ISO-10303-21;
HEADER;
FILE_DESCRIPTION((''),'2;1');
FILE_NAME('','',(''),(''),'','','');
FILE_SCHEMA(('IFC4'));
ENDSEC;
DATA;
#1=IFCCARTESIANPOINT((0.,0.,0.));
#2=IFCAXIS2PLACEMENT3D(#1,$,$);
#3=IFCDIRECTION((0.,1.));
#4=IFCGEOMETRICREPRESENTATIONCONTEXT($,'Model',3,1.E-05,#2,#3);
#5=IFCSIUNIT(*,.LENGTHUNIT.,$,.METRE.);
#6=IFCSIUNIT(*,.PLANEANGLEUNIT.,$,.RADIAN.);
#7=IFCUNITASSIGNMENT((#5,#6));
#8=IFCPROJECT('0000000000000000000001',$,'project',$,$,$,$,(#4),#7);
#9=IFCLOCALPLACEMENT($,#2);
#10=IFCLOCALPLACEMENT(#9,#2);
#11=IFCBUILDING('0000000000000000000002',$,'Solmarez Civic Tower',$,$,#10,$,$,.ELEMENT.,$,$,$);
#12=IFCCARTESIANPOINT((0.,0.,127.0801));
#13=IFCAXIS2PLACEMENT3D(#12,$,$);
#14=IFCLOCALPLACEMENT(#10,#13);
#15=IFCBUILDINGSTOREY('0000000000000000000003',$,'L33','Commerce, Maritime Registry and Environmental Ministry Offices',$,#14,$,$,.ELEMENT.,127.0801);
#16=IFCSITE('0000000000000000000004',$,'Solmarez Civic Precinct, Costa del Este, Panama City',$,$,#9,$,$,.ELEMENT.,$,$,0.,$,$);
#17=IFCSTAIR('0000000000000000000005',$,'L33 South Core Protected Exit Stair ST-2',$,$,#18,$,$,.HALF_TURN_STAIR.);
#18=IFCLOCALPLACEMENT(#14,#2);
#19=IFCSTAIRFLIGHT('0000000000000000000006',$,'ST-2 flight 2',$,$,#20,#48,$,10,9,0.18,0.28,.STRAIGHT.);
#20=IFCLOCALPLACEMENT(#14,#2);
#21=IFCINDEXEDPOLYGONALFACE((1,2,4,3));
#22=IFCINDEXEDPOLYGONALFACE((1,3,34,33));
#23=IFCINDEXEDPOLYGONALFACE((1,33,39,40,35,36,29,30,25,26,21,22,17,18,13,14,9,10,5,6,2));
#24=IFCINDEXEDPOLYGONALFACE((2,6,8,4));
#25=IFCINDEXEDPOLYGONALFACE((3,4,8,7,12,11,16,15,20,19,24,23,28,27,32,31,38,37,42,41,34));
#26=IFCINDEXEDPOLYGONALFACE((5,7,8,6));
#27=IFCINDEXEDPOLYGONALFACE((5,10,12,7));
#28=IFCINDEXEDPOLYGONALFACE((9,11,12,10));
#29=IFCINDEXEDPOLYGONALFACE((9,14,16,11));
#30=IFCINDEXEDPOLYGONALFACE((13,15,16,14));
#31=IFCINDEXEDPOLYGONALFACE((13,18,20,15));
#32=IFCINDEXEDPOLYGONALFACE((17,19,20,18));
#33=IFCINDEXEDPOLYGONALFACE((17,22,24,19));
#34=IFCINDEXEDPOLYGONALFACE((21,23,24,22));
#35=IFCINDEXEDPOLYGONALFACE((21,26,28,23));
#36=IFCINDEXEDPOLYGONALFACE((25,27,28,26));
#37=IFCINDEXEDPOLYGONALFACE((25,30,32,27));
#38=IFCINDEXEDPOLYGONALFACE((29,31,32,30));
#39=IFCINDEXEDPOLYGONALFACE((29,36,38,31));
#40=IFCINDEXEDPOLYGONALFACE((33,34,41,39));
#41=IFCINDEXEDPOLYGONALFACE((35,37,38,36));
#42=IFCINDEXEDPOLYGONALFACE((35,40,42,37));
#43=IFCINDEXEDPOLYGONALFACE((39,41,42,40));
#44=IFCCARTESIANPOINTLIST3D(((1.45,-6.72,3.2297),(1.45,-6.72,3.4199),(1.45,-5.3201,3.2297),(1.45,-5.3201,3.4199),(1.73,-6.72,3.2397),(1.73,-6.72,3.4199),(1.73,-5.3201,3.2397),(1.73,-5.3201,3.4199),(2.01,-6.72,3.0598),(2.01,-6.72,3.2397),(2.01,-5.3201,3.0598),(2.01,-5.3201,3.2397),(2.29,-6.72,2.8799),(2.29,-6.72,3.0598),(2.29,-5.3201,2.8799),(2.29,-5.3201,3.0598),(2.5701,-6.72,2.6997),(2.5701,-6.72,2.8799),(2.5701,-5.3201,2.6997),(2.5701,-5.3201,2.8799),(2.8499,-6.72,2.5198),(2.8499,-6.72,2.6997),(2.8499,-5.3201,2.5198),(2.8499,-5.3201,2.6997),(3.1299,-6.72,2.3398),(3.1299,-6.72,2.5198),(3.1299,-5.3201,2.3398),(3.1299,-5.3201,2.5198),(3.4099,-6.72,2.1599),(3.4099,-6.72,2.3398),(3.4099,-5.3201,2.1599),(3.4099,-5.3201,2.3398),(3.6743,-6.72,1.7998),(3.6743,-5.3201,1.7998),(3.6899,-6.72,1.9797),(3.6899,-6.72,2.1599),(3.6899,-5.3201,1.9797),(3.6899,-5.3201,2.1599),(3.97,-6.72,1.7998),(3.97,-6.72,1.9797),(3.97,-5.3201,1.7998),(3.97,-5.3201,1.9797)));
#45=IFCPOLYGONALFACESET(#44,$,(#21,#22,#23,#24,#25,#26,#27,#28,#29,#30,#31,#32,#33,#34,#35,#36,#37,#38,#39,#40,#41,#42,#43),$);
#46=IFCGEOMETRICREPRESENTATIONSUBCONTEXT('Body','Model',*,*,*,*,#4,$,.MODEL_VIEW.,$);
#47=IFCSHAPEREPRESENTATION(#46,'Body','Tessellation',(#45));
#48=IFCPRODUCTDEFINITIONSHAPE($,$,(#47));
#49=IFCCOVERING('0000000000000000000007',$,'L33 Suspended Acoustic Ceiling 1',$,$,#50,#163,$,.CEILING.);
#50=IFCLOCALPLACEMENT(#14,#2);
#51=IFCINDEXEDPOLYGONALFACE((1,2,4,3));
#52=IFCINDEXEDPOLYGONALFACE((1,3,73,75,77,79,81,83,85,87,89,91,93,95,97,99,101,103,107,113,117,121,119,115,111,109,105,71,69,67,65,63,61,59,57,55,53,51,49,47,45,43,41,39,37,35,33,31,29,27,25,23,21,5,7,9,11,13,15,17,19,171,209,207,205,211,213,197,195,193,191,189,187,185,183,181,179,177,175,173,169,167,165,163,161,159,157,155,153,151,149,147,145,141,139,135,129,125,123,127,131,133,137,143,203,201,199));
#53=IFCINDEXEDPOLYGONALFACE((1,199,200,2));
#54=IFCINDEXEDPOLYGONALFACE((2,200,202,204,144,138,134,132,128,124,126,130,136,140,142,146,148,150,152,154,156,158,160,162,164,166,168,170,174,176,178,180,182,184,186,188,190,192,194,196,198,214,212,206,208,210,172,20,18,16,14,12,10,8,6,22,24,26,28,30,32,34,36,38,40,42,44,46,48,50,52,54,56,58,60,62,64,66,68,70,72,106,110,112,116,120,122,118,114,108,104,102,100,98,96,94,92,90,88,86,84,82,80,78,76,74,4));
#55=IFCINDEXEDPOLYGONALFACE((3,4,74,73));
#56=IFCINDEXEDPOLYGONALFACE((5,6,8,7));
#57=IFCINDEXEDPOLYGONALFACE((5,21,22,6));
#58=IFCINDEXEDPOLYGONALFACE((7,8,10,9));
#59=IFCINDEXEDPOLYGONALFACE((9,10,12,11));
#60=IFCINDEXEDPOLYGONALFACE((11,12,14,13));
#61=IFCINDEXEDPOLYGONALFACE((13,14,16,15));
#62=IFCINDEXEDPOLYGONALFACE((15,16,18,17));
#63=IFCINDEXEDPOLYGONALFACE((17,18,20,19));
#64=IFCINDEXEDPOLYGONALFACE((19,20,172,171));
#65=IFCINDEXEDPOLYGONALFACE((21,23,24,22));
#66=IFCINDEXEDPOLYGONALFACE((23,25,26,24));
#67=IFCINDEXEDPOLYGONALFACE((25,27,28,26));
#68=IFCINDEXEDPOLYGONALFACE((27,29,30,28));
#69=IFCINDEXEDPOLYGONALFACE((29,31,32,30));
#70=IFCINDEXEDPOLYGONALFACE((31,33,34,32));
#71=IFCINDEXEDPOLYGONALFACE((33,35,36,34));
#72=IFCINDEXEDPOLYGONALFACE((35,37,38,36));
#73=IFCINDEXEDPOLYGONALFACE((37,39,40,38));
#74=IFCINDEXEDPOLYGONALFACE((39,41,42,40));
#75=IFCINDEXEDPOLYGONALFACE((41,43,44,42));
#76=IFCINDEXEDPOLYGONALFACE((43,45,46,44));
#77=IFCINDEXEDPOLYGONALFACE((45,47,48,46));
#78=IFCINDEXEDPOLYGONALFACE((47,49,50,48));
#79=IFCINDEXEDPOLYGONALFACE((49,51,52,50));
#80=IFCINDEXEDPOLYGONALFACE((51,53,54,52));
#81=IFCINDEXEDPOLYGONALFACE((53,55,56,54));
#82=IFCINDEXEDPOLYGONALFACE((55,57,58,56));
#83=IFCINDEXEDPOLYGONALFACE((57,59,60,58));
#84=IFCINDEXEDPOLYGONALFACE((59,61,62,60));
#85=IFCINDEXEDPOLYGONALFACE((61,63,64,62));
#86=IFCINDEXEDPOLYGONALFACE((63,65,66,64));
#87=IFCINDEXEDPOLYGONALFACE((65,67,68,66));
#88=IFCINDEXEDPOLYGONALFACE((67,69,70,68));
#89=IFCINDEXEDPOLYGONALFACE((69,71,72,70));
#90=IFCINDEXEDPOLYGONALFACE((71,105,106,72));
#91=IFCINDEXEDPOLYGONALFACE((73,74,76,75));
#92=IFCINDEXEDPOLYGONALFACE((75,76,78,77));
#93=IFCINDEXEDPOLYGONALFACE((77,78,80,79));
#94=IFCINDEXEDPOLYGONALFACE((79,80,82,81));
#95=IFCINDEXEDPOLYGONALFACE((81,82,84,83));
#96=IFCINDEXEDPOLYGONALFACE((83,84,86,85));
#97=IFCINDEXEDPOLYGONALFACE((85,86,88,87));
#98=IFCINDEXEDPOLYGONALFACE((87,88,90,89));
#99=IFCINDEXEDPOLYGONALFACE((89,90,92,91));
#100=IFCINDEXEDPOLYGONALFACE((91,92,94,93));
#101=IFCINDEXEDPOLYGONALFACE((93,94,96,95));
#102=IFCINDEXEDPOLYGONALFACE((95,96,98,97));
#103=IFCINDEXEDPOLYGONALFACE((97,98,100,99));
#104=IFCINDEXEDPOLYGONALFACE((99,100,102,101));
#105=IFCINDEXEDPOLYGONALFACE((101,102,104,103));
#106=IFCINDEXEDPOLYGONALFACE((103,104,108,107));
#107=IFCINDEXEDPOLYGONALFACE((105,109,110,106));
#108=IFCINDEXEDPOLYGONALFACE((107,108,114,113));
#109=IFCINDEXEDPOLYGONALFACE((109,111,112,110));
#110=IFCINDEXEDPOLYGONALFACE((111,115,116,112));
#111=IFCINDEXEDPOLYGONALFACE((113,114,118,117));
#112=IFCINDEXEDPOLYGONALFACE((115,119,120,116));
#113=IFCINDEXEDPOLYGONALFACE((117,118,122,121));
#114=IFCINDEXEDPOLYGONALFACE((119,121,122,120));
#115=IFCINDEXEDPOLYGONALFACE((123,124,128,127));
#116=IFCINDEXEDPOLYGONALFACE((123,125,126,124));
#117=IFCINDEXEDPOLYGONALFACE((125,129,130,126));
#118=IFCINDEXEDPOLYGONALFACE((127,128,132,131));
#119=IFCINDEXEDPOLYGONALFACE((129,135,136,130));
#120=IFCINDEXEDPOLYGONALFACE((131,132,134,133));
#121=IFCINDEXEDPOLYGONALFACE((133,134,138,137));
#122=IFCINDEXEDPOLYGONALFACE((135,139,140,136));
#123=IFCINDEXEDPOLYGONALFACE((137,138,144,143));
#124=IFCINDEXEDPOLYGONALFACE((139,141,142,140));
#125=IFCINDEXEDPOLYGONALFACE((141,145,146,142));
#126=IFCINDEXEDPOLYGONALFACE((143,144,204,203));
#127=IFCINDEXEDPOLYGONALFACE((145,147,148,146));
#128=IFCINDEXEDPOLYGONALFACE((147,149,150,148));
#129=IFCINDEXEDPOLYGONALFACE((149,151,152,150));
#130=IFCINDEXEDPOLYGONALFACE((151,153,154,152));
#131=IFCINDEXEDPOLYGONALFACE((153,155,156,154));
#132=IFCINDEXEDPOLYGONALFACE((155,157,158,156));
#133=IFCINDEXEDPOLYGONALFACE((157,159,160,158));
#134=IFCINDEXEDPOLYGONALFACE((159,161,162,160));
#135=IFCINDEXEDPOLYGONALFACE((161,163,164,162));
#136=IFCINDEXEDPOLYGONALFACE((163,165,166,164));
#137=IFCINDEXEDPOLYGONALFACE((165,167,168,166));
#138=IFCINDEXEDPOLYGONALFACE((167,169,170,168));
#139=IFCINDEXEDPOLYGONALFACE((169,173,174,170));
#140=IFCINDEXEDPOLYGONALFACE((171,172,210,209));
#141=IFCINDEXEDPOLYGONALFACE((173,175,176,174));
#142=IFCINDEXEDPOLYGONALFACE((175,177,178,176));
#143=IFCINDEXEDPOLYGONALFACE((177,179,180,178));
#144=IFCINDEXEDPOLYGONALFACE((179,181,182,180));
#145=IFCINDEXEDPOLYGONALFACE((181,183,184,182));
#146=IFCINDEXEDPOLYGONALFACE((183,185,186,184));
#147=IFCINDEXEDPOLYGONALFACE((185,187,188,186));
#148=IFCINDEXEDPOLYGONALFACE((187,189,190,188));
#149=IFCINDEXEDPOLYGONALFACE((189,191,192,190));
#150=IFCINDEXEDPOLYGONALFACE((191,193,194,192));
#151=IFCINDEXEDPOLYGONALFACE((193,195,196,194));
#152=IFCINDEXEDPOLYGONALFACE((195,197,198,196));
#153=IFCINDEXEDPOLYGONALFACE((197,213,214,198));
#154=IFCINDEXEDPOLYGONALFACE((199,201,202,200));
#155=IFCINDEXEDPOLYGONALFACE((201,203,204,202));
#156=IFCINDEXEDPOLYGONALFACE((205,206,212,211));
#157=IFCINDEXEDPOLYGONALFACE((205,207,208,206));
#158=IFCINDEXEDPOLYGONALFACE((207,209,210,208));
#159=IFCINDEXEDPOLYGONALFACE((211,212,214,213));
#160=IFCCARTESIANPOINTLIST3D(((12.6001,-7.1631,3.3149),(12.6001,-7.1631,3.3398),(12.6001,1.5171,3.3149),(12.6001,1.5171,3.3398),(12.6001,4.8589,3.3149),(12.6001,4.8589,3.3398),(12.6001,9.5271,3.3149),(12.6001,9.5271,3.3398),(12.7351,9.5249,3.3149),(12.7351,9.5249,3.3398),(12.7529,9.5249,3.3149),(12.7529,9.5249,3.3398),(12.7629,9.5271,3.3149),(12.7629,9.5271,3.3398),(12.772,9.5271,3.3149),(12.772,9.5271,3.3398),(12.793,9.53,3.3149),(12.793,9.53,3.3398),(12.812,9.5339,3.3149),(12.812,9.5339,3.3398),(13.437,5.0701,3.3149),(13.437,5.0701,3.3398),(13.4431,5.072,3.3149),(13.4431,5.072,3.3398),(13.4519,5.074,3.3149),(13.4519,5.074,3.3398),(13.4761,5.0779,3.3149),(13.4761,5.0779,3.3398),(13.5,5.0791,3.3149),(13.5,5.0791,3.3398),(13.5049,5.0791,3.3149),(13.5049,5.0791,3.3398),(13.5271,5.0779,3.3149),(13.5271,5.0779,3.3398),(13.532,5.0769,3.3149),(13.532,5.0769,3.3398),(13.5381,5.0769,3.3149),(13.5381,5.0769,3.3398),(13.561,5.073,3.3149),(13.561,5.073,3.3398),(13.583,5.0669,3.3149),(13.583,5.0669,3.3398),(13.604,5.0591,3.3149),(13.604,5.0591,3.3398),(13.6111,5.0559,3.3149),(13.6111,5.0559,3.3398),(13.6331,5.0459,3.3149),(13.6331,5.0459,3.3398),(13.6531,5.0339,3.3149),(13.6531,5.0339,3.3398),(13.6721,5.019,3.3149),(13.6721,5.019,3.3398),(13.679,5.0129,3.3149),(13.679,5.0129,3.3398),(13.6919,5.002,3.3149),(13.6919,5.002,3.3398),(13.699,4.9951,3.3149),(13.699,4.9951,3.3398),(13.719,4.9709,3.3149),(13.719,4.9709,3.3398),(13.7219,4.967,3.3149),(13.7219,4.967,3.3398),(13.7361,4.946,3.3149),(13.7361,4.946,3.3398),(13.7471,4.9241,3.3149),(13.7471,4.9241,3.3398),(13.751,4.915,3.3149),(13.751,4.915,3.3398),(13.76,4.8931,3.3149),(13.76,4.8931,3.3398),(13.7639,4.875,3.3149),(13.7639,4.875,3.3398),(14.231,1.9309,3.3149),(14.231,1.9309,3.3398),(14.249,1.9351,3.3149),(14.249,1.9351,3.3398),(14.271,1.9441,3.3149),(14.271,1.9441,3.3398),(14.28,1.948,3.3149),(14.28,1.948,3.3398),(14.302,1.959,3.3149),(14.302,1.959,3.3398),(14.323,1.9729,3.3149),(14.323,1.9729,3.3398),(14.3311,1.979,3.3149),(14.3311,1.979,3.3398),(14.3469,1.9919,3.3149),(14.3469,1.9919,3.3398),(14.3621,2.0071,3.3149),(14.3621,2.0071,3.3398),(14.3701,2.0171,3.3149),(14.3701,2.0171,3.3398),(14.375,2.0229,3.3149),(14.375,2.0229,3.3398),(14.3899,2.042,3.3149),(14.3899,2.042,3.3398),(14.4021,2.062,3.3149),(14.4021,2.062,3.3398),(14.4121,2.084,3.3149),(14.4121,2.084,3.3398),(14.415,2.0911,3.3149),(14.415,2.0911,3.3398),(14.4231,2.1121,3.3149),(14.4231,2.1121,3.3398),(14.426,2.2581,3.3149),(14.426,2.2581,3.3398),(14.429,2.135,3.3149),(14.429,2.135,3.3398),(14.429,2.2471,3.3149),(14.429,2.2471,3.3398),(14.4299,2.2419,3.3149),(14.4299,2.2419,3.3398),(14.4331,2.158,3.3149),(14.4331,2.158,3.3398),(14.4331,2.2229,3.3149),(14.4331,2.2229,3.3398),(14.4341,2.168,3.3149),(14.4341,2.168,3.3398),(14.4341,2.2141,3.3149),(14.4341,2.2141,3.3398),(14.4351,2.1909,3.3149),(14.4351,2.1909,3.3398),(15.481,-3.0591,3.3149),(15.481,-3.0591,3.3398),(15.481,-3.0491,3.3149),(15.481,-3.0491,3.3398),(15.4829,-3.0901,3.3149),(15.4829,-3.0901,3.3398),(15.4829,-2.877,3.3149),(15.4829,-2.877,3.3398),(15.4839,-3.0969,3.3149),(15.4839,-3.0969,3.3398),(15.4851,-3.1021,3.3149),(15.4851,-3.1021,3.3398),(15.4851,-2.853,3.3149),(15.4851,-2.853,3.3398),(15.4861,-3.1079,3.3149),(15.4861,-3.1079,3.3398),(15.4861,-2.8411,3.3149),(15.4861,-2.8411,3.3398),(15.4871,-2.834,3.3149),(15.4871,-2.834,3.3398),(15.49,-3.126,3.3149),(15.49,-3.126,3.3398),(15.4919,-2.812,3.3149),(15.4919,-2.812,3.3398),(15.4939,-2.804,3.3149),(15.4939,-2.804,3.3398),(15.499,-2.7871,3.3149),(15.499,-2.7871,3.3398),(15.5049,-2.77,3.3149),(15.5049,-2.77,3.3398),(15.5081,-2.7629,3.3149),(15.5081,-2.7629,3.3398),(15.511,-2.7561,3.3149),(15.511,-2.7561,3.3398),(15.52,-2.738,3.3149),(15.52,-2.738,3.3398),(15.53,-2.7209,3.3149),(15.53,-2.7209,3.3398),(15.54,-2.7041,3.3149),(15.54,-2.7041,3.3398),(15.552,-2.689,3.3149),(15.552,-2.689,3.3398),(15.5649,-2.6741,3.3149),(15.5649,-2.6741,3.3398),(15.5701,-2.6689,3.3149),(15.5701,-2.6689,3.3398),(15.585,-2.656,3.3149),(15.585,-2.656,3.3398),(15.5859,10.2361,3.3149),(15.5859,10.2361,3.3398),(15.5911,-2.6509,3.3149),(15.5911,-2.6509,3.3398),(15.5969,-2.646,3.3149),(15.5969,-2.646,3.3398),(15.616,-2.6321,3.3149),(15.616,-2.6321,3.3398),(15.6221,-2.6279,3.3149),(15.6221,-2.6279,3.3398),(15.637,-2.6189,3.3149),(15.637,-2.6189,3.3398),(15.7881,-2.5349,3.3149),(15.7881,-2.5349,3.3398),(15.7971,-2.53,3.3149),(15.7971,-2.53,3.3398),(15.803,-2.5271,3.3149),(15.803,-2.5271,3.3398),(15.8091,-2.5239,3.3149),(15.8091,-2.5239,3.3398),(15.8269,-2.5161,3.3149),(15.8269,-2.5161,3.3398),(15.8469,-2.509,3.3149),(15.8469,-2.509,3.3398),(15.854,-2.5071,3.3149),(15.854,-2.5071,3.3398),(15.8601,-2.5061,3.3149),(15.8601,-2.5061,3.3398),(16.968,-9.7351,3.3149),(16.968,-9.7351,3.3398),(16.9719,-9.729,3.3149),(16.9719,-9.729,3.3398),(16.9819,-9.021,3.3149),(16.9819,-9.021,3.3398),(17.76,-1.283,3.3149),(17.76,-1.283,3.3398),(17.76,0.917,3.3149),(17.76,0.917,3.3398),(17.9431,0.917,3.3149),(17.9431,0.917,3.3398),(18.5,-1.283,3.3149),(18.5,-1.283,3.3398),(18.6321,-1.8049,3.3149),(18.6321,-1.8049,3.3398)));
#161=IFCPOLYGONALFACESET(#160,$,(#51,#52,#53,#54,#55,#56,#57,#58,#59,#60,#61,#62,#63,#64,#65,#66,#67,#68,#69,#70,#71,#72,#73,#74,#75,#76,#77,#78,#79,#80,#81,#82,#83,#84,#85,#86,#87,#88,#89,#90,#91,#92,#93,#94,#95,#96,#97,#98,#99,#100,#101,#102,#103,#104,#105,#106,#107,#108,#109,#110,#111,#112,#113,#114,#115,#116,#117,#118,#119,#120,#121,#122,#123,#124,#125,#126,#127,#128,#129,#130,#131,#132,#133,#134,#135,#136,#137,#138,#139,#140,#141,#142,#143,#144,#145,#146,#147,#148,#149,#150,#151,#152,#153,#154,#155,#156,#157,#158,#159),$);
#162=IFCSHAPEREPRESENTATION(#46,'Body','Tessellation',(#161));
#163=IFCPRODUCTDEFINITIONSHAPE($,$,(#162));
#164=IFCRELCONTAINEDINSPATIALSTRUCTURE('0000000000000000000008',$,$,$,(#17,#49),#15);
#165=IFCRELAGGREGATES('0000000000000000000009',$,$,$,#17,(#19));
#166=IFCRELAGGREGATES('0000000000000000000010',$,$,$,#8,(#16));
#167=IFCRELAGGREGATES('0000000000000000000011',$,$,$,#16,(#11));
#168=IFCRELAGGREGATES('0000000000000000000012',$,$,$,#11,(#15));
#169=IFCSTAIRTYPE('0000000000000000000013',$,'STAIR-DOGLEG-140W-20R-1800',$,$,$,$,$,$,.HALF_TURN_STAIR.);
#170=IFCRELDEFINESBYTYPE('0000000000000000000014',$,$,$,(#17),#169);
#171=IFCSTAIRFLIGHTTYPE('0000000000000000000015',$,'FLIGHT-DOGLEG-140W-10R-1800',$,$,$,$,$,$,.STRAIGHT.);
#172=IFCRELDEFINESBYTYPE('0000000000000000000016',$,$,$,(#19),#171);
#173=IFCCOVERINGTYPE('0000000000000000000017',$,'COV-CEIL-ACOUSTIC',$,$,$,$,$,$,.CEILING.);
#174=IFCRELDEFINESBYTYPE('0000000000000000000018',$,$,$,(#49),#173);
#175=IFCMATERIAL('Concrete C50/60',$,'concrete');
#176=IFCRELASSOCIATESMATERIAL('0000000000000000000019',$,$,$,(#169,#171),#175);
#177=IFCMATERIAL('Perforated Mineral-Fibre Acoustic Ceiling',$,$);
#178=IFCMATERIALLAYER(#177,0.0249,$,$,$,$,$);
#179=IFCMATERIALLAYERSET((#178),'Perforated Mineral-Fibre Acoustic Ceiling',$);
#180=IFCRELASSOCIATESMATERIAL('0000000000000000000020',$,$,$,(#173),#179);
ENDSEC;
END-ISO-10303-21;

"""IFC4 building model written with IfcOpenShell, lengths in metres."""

from ifc_helpers import new_model, si_unit, direction, frame, origin, place, context, subcontext, project, spatial, polyline, outline, extrude, material, layer, layer_set, type_object, element, aggregate, save


model = new_model("IFC4")

# Units and contexts
model_context = context("Model", 3, precision=1e-05, world=origin(), true_north=direction((0.0, 1.0)))
body_context = subcontext(model_context, "Body", "Model", "MODEL_VIEW")
ifc_project = project(units=[si_unit("LENGTHUNIT", "METRE"), si_unit("PLANEANGLEUNIT", "RADIAN")], contexts=[model_context])

# Site, building, storey
site_placement = place(None, origin())
site = spatial("IfcSite", under=ifc_project, at=site_placement, Name="Solmarez Civic Precinct, Costa del Este, Panama City", CompositionType="ELEMENT", RefElevation=0.0)
building_placement = place(site_placement, origin())
building = spatial("IfcBuilding", under=site, at=building_placement, Name="Solmarez Civic Tower", CompositionType="ELEMENT")
storey_placement = place(building_placement, frame((0.0, 0.0, 127.0801)))
storey = spatial("IfcBuildingStorey", under=building, at=storey_placement, Name="L33", Description="Commerce, Maritime Registry and Environmental Ministry Offices", CompositionType="ELEMENT", Elevation=127.0801)

# Shared definitions
ifc_material_1 = material(Name="Concrete C50/60", Category="concrete")

# Stair
stair_type = type_object("IfcStairType", Name="STAIR-DOGLEG-140W-20R-1800", PredefinedType="HALF_TURN_STAIR", material=ifc_material_1)
stair_1_placement = place(storey_placement, origin())
stair_1 = element("IfcStair", 1, at=stair_1_placement, inside=storey, type_object=stair_type, Name="L33 South Core Protected Exit Stair ST-2", PredefinedType="HALF_TURN_STAIR")

# Stair flight
stair_flight_type = type_object("IfcStairFlightType", Name="FLIGHT-DOGLEG-140W-10R-1800", PredefinedType="STRAIGHT", material=ifc_material_1)
stair_flight_1_placement = place(storey_placement, frame((3.97, -6.02, 1.7998), z_axis=(0.0, 0.0, 1.0), x_axis=(-1.0, 0.0, 0.0)))
stair_flight_1 = element("IfcStairFlight", 2, at=stair_flight_1_placement, type_object=stair_flight_type, Name="ST-2 flight 2", NumberOfRisers=10, NumberOfTreads=9, PredefinedType="STRAIGHT", RiserHeight=0.18, TreadLength=0.28, context=body_context, shape_type="SweptSolid", body=[
    extrude(outline(polyline([(0.0, 0.0), (0.0, 0.1799), (0.28, 0.1799), (0.28, 0.3601), (0.5601, 0.3601), (0.5601, 0.54), (0.8401, 0.54), (0.8401, 0.72), (1.1201, 0.72), (1.1201, 0.8999), (1.3999, 0.8999), (1.3999, 1.0801), (1.6799, 1.0801), (1.6799, 1.26), (1.96, 1.26), (1.96, 1.4399), (2.24, 1.4399), (2.24, 1.6201), (2.52, 1.6201), (2.52, 1.8), (2.52, 1.4299), (0.2957, 0.0), (0.0, 0.0)])), frame((0.0, 0.7, 0.0), z_axis=(0.0, -1.0, 0.0), x_axis=(1.0, 0.0, 0.0)), (0.0, 0.0, 1.0), 1.3999),
])
aggregate(stair_1, [stair_flight_1])

# Covering
ifc_material_2 = material(Name="Perforated Mineral-Fibre Acoustic Ceiling")
ifc_layer_1 = layer(ifc_material_2, 0.0249)
ifc_layer_set_1 = layer_set([ifc_layer_1], Name="Perforated Mineral-Fibre Acoustic Ceiling")
covering_type_1 = type_object("IfcCoveringType", Name="COV-CEIL-ACOUSTIC", PredefinedType="CEILING", material=ifc_layer_set_1)
covering_1_placement = place(storey_placement, frame((0.0, 0.0, 3.3149)))
element("IfcCovering", 3, at=covering_1_placement, inside=storey, type_object=covering_type_1, Name="L33 Suspended Acoustic Ceiling 1", PredefinedType="CEILING", context=body_context, shape_type="SweptSolid", body=[
    extrude(outline(polyline([(12.6001, 9.5271), (12.6001, 4.8589), (13.437, 5.0701), (13.4431, 5.072), (13.4519, 5.074), (13.4761, 5.0779), (13.5, 5.0791), (13.5049, 5.0791), (13.5271, 5.0779), (13.532, 5.0769), (13.5381, 5.0769), (13.561, 5.073), (13.583, 5.0669), (13.604, 5.0591), (13.6111, 5.0559), (13.6331, 5.0459), (13.6531, 5.0339), (13.6721, 5.019), (13.679, 5.0129), (13.6919, 5.002), (13.699, 4.9951), (13.719, 4.9709), (13.7219, 4.967), (13.7361, 4.946), (13.7471, 4.9241), (13.751, 4.915), (13.76, 4.8931), (13.7639, 4.875), (14.426, 2.2581), (14.429, 2.2471), (14.4299, 2.2419), (14.4331, 2.2229), (14.4341, 2.2141), (14.4351, 2.1909), (14.4341, 2.168), (14.4331, 2.158), (14.429, 2.135), (14.4231, 2.1121), (14.415, 2.0911), (14.4121, 2.084), (14.4021, 2.062), (14.3899, 2.042), (14.375, 2.0229), (14.3701, 2.0171), (14.3621, 2.0071), (14.3469, 1.9919), (14.3311, 1.979), (14.323, 1.9729), (14.302, 1.959), (14.28, 1.948), (14.271, 1.9441), (14.249, 1.9351), (14.231, 1.9309), (12.6001, 1.5171), (12.6001, -7.1631), (16.968, -9.7351), (16.9719, -9.729), (16.9819, -9.021), (15.49, -3.126), (15.4861, -3.1079), (15.4851, -3.1021), (15.4839, -3.0969), (15.4829, -3.0901), (15.481, -3.0591), (15.481, -3.0491), (15.4829, -2.877), (15.4851, -2.853), (15.4861, -2.8411), (15.4871, -2.834), (15.4919, -2.812), (15.4939, -2.804), (15.499, -2.7871), (15.5049, -2.77), (15.5081, -2.7629), (15.511, -2.7561), (15.52, -2.738), (15.53, -2.7209), (15.54, -2.7041), (15.552, -2.689), (15.5649, -2.6741), (15.5701, -2.6689), (15.585, -2.656), (15.5911, -2.6509), (15.5969, -2.646), (15.616, -2.6321), (15.6221, -2.6279), (15.637, -2.6189), (15.7881, -2.5349), (15.7971, -2.53), (15.803, -2.5271), (15.8091, -2.5239), (15.8269, -2.5161), (15.8469, -2.509), (15.854, -2.5071), (15.8601, -2.5061), (18.6321, -1.8049), (18.5, -1.283), (17.76, -1.283), (17.76, 0.917), (17.9431, 0.917), (15.5859, 10.2361), (12.812, 9.5339), (12.793, 9.53), (12.772, 9.5271), (12.7629, 9.5271), (12.7529, 9.5249), (12.7351, 9.5249), (12.6001, 9.5271)])), origin(), (0.0, 0.0, 1.0), 0.0249),
])

save(model, "model.ifc")
